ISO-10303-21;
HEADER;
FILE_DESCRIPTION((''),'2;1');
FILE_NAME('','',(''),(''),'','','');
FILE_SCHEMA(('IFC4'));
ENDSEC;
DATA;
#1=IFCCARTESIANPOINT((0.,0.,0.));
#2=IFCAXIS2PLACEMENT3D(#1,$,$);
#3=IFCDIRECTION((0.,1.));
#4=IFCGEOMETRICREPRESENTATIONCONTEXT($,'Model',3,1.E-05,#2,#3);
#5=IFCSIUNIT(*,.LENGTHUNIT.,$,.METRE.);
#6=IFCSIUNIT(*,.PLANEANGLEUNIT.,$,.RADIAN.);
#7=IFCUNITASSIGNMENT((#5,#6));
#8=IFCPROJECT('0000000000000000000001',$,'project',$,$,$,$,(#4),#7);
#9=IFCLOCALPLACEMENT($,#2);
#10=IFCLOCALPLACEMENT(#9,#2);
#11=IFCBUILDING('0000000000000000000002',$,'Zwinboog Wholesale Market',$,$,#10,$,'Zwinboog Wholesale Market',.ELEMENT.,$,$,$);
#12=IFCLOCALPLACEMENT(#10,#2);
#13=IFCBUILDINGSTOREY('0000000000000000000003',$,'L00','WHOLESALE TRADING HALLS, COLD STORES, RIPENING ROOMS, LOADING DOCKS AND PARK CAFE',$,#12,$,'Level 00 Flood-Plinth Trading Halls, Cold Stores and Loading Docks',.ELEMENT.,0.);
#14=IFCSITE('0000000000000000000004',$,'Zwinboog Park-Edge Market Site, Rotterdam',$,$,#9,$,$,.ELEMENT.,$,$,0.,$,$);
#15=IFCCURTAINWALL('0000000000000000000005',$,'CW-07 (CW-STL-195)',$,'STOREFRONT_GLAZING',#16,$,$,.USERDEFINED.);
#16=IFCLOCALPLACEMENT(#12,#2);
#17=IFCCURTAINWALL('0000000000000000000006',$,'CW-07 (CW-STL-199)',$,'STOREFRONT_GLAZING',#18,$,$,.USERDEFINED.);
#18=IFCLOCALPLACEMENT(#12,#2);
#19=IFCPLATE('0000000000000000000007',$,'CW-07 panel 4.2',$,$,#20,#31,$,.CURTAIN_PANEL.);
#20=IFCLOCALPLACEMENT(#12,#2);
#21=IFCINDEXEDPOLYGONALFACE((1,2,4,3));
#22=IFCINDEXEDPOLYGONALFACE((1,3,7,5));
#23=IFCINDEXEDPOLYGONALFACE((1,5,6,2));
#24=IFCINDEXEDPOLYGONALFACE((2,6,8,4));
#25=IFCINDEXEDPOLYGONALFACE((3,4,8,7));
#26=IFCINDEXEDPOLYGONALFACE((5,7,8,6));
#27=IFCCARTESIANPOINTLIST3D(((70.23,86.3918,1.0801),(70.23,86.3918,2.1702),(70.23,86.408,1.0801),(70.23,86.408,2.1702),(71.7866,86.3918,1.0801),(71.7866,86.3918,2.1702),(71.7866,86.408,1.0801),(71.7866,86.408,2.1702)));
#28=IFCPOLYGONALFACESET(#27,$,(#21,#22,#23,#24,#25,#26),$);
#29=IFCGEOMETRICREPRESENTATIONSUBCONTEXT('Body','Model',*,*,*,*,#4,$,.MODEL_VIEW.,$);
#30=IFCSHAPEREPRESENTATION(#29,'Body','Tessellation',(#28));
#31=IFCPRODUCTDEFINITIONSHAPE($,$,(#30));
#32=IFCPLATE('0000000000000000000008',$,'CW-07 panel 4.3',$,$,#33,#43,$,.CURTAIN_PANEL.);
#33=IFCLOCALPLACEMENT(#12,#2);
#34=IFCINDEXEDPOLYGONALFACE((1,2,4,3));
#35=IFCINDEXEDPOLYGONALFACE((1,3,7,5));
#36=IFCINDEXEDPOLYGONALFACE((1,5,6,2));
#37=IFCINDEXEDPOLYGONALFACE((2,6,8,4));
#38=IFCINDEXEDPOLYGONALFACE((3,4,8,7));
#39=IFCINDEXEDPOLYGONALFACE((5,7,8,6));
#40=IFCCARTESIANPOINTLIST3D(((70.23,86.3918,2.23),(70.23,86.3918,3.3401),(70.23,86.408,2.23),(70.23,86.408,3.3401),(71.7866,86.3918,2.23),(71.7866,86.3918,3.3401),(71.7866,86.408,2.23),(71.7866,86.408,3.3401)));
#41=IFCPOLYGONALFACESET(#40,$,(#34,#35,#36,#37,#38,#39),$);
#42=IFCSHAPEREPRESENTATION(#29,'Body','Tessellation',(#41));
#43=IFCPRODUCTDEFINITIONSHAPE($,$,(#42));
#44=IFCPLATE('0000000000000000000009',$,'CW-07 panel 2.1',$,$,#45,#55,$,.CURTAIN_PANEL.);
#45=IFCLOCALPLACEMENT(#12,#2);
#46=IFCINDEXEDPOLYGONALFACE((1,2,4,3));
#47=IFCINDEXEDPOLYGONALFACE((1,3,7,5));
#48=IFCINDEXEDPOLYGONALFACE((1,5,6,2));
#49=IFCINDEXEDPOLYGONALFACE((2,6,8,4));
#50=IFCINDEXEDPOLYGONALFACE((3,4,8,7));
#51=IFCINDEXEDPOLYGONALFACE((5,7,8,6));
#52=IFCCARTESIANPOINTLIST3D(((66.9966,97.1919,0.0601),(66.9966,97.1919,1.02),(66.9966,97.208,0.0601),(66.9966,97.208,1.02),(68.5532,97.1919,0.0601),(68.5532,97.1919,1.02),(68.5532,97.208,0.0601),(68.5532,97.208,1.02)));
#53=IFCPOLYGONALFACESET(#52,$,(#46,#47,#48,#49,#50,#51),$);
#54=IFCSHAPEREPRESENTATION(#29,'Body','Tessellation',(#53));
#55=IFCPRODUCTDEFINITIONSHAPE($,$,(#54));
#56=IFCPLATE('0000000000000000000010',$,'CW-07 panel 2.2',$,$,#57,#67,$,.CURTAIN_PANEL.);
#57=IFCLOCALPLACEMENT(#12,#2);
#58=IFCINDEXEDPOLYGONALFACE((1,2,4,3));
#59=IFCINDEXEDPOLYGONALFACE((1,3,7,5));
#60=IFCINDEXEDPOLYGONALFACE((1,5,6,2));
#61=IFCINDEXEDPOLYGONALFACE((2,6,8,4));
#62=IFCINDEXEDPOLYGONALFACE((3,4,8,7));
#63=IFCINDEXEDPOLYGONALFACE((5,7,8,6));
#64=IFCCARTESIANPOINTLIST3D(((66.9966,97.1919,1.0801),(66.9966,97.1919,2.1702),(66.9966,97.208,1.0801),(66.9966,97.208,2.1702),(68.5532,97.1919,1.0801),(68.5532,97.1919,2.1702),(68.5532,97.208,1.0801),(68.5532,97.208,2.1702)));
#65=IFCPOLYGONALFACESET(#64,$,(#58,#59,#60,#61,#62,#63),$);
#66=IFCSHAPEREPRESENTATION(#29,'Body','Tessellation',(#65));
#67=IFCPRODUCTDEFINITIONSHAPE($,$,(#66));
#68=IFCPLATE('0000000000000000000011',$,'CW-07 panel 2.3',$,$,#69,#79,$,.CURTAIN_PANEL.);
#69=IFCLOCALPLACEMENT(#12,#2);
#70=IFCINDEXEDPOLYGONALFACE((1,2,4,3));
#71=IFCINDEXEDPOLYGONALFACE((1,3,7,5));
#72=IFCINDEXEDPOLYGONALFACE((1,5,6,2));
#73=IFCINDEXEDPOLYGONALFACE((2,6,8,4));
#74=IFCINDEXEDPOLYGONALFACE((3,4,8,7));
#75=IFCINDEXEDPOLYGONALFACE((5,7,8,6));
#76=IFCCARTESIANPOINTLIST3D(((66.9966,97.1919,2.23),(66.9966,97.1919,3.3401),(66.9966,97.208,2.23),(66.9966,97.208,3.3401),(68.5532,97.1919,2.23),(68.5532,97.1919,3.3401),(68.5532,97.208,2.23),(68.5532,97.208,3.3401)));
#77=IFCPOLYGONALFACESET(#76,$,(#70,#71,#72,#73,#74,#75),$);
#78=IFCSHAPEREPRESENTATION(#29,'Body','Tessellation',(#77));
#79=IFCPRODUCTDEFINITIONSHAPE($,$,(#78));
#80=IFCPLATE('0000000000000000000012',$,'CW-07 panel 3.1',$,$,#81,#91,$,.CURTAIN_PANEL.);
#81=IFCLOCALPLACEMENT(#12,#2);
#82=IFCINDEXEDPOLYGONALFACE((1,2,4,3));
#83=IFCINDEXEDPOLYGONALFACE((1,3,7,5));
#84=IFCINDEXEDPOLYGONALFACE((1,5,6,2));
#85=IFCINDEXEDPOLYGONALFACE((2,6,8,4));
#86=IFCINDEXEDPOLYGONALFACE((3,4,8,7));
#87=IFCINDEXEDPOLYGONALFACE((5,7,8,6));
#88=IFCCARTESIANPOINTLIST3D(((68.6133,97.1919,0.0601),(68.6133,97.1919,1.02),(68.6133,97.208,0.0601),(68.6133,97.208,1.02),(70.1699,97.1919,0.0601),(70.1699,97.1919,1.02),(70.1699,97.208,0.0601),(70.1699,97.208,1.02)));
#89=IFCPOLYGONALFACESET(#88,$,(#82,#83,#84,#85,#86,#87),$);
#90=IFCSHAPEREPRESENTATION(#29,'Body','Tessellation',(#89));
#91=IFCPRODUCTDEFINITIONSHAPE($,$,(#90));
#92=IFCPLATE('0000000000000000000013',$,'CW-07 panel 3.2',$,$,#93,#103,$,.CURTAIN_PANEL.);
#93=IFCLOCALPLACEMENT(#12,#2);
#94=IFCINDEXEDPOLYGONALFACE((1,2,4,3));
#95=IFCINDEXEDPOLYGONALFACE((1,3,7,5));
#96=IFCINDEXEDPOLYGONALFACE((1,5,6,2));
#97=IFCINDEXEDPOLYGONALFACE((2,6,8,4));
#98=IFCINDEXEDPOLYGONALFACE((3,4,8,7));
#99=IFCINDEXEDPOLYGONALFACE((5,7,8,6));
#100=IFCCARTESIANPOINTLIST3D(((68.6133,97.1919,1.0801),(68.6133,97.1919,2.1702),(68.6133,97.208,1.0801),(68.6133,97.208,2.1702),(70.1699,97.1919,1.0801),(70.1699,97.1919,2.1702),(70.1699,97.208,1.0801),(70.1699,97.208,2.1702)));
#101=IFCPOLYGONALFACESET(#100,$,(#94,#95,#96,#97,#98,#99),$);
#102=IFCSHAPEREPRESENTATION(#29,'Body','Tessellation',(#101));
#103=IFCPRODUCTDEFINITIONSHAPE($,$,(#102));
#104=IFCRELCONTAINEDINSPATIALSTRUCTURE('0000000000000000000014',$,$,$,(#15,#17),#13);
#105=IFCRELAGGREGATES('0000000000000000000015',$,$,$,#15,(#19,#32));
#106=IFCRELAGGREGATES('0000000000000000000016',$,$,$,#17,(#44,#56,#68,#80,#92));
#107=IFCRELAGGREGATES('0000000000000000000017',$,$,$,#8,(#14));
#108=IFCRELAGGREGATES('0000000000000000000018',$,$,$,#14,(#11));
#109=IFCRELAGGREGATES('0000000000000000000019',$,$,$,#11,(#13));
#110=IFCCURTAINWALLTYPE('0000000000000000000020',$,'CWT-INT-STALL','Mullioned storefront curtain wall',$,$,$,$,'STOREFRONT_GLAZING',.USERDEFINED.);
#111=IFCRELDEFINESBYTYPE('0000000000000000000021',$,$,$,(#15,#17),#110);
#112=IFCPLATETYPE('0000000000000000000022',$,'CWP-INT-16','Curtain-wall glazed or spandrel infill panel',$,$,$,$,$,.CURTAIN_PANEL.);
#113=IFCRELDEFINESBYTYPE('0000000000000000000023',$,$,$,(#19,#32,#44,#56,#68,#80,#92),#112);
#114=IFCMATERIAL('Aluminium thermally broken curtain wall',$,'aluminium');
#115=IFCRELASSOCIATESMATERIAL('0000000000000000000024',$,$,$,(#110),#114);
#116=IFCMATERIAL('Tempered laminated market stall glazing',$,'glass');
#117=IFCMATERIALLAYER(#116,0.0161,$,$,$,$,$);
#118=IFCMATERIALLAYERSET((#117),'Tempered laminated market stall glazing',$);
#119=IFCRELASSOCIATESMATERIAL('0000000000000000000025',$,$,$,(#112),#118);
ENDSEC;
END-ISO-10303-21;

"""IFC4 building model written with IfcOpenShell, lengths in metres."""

from ifc_helpers import new_model, si_unit, direction, frame, origin, origin_2d, place, context, subcontext, project, spatial, rectangle, extrude, material, layer, layer_set, type_object, element, aggregate, save


model = new_model("IFC4")

# Units and contexts
model_context = context("Model", 3, precision=1e-05, world=origin(), true_north=direction((0.0, 1.0)))
body_context = subcontext(model_context, "Body", "Model", "MODEL_VIEW")
ifc_project = project(units=[si_unit("LENGTHUNIT", "METRE"), si_unit("PLANEANGLEUNIT", "RADIAN")], contexts=[model_context])

# Site, building, storey
site_placement = place(None, origin())
site = spatial("IfcSite", under=ifc_project, at=site_placement, Name="Zwinboog Park-Edge Market Site, Rotterdam", CompositionType="ELEMENT", RefElevation=0.0)
building_placement = place(site_placement, origin())
building = spatial("IfcBuilding", under=site, at=building_placement, Name="Zwinboog Wholesale Market", LongName="Zwinboog Wholesale Market", CompositionType="ELEMENT")
storey_placement = place(building_placement, origin())
storey = spatial("IfcBuildingStorey", under=building, at=storey_placement, Name="L00", Description="WHOLESALE TRADING HALLS, COLD STORES, RIPENING ROOMS, LOADING DOCKS AND PARK CAFE", LongName="Level 00 Flood-Plinth Trading Halls, Cold Stores and Loading Docks", CompositionType="ELEMENT", Elevation=0.0)

# Curtain wall
ifc_material_1 = material(Name="Aluminium thermally broken curtain wall", Category="aluminium")
curtain_wall_type = type_object("IfcCurtainWallType", Name="CWT-INT-STALL", Description="Mullioned storefront curtain wall", ElementType="STOREFRONT_GLAZING", PredefinedType="USERDEFINED", material=ifc_material_1)
curtain_wall_1_placement = place(storey_placement, origin())
curtain_wall_1 = element("IfcCurtainWall", 1, at=curtain_wall_1_placement, inside=storey, type_object=curtain_wall_type, Name="CW-07 (CW-STL-195)", ObjectType="STOREFRONT_GLAZING", PredefinedType="USERDEFINED")

# Curtain wall
curtain_wall_2_placement = place(storey_placement, origin())
curtain_wall_2 = element("IfcCurtainWall", 2, at=curtain_wall_2_placement, inside=storey, type_object=curtain_wall_type, Name="CW-07 (CW-STL-199)", ObjectType="STOREFRONT_GLAZING", PredefinedType="USERDEFINED")

# Plates
ifc_material_2 = material(Name="Tempered laminated market stall glazing", Category="glass")
ifc_layer = layer(ifc_material_2, 0.0161)
ifc_layer_set = layer_set([ifc_layer], Name="Tempered laminated market stall glazing")
plate_type = type_object("IfcPlateType", Name="CWP-INT-16", Description="Curtain-wall glazed or spandrel infill panel", PredefinedType="CURTAIN_PANEL", material=ifc_layer_set)
plate_1_placement = place(storey_placement, frame((71.0083, 86.3999, 1.0801), z_axis=(0.0, 0.0, 1.0), x_axis=(1.0, 0.0, 0.0)))
plate_1 = element("IfcPlate", 3, at=plate_1_placement, type_object=plate_type, Name="CW-07 panel 4.2", PredefinedType="CURTAIN_PANEL", context=body_context, shape_type="SweptSolid", body=[
    extrude(rectangle(XDim=1.5566, YDim=0.0161, at=origin_2d()), origin(), (0.0, 0.0, 1.0), 1.0901),
])
plate_2_placement = place(storey_placement, frame((71.0083, 86.3999, 2.23), z_axis=(0.0, 0.0, 1.0), x_axis=(1.0, 0.0, 0.0)))
plate_2 = element("IfcPlate", 4, at=plate_2_placement, type_object=plate_type, Name="CW-07 panel 4.3", PredefinedType="CURTAIN_PANEL", context=body_context, shape_type="SweptSolid", body=[
    extrude(rectangle(XDim=1.5566, YDim=0.0161, at=origin_2d()), origin(), (0.0, 0.0, 1.0), 1.1101),
])
aggregate(curtain_wall_1, [plate_1, plate_2])
plate_3_placement = place(storey_placement, frame((67.7749, 97.2, 0.0601), z_axis=(0.0, 0.0, 1.0), x_axis=(1.0, 0.0, 0.0)))
plate_3 = element("IfcPlate", 5, at=plate_3_placement, type_object=plate_type, Name="CW-07 panel 2.1", PredefinedType="CURTAIN_PANEL", context=body_context, shape_type="SweptSolid", body=[
    extrude(rectangle(XDim=1.5566, YDim=0.0161, at=origin_2d()), origin(), (0.0, 0.0, 1.0), 0.96),
])
plate_4_placement = place(storey_placement, frame((67.7749, 97.2, 1.0801), z_axis=(0.0, 0.0, 1.0), x_axis=(1.0, 0.0, 0.0)))
plate_4 = element("IfcPlate", 6, at=plate_4_placement, type_object=plate_type, Name="CW-07 panel 2.2", PredefinedType="CURTAIN_PANEL", context=body_context, shape_type="SweptSolid", body=[
    extrude(rectangle(XDim=1.5566, YDim=0.0161, at=origin_2d()), origin(), (0.0, 0.0, 1.0), 1.0901),
])
plate_5_placement = place(storey_placement, frame((67.7749, 97.2, 2.23), z_axis=(0.0, 0.0, 1.0), x_axis=(1.0, 0.0, 0.0)))
plate_5 = element("IfcPlate", 7, at=plate_5_placement, type_object=plate_type, Name="CW-07 panel 2.3", PredefinedType="CURTAIN_PANEL", context=body_context, shape_type="SweptSolid", body=[
    extrude(rectangle(XDim=1.5566, YDim=0.0161, at=origin_2d()), origin(), (0.0, 0.0, 1.0), 1.1101),
])
plate_6_placement = place(storey_placement, frame((69.3916, 97.2, 0.0601), z_axis=(0.0, 0.0, 1.0), x_axis=(1.0, 0.0, 0.0)))
plate_6 = element("IfcPlate", 8, at=plate_6_placement, type_object=plate_type, Name="CW-07 panel 3.1", PredefinedType="CURTAIN_PANEL", context=body_context, shape_type="SweptSolid", body=[
    extrude(rectangle(XDim=1.5566, YDim=0.0161, at=origin_2d()), origin(), (0.0, 0.0, 1.0), 0.96),
])
plate_7_placement = place(storey_placement, frame((69.3916, 97.2, 1.0801), z_axis=(0.0, 0.0, 1.0), x_axis=(1.0, 0.0, 0.0)))
plate_7 = element("IfcPlate", 9, at=plate_7_placement, type_object=plate_type, Name="CW-07 panel 3.2", PredefinedType="CURTAIN_PANEL", context=body_context, shape_type="SweptSolid", body=[
    extrude(rectangle(XDim=1.5566, YDim=0.0161, at=origin_2d()), origin(), (0.0, 0.0, 1.0), 1.0901),
])
aggregate(curtain_wall_2, [plate_3, plate_4, plate_5, plate_6, plate_7])

save(model, "model.ifc")
